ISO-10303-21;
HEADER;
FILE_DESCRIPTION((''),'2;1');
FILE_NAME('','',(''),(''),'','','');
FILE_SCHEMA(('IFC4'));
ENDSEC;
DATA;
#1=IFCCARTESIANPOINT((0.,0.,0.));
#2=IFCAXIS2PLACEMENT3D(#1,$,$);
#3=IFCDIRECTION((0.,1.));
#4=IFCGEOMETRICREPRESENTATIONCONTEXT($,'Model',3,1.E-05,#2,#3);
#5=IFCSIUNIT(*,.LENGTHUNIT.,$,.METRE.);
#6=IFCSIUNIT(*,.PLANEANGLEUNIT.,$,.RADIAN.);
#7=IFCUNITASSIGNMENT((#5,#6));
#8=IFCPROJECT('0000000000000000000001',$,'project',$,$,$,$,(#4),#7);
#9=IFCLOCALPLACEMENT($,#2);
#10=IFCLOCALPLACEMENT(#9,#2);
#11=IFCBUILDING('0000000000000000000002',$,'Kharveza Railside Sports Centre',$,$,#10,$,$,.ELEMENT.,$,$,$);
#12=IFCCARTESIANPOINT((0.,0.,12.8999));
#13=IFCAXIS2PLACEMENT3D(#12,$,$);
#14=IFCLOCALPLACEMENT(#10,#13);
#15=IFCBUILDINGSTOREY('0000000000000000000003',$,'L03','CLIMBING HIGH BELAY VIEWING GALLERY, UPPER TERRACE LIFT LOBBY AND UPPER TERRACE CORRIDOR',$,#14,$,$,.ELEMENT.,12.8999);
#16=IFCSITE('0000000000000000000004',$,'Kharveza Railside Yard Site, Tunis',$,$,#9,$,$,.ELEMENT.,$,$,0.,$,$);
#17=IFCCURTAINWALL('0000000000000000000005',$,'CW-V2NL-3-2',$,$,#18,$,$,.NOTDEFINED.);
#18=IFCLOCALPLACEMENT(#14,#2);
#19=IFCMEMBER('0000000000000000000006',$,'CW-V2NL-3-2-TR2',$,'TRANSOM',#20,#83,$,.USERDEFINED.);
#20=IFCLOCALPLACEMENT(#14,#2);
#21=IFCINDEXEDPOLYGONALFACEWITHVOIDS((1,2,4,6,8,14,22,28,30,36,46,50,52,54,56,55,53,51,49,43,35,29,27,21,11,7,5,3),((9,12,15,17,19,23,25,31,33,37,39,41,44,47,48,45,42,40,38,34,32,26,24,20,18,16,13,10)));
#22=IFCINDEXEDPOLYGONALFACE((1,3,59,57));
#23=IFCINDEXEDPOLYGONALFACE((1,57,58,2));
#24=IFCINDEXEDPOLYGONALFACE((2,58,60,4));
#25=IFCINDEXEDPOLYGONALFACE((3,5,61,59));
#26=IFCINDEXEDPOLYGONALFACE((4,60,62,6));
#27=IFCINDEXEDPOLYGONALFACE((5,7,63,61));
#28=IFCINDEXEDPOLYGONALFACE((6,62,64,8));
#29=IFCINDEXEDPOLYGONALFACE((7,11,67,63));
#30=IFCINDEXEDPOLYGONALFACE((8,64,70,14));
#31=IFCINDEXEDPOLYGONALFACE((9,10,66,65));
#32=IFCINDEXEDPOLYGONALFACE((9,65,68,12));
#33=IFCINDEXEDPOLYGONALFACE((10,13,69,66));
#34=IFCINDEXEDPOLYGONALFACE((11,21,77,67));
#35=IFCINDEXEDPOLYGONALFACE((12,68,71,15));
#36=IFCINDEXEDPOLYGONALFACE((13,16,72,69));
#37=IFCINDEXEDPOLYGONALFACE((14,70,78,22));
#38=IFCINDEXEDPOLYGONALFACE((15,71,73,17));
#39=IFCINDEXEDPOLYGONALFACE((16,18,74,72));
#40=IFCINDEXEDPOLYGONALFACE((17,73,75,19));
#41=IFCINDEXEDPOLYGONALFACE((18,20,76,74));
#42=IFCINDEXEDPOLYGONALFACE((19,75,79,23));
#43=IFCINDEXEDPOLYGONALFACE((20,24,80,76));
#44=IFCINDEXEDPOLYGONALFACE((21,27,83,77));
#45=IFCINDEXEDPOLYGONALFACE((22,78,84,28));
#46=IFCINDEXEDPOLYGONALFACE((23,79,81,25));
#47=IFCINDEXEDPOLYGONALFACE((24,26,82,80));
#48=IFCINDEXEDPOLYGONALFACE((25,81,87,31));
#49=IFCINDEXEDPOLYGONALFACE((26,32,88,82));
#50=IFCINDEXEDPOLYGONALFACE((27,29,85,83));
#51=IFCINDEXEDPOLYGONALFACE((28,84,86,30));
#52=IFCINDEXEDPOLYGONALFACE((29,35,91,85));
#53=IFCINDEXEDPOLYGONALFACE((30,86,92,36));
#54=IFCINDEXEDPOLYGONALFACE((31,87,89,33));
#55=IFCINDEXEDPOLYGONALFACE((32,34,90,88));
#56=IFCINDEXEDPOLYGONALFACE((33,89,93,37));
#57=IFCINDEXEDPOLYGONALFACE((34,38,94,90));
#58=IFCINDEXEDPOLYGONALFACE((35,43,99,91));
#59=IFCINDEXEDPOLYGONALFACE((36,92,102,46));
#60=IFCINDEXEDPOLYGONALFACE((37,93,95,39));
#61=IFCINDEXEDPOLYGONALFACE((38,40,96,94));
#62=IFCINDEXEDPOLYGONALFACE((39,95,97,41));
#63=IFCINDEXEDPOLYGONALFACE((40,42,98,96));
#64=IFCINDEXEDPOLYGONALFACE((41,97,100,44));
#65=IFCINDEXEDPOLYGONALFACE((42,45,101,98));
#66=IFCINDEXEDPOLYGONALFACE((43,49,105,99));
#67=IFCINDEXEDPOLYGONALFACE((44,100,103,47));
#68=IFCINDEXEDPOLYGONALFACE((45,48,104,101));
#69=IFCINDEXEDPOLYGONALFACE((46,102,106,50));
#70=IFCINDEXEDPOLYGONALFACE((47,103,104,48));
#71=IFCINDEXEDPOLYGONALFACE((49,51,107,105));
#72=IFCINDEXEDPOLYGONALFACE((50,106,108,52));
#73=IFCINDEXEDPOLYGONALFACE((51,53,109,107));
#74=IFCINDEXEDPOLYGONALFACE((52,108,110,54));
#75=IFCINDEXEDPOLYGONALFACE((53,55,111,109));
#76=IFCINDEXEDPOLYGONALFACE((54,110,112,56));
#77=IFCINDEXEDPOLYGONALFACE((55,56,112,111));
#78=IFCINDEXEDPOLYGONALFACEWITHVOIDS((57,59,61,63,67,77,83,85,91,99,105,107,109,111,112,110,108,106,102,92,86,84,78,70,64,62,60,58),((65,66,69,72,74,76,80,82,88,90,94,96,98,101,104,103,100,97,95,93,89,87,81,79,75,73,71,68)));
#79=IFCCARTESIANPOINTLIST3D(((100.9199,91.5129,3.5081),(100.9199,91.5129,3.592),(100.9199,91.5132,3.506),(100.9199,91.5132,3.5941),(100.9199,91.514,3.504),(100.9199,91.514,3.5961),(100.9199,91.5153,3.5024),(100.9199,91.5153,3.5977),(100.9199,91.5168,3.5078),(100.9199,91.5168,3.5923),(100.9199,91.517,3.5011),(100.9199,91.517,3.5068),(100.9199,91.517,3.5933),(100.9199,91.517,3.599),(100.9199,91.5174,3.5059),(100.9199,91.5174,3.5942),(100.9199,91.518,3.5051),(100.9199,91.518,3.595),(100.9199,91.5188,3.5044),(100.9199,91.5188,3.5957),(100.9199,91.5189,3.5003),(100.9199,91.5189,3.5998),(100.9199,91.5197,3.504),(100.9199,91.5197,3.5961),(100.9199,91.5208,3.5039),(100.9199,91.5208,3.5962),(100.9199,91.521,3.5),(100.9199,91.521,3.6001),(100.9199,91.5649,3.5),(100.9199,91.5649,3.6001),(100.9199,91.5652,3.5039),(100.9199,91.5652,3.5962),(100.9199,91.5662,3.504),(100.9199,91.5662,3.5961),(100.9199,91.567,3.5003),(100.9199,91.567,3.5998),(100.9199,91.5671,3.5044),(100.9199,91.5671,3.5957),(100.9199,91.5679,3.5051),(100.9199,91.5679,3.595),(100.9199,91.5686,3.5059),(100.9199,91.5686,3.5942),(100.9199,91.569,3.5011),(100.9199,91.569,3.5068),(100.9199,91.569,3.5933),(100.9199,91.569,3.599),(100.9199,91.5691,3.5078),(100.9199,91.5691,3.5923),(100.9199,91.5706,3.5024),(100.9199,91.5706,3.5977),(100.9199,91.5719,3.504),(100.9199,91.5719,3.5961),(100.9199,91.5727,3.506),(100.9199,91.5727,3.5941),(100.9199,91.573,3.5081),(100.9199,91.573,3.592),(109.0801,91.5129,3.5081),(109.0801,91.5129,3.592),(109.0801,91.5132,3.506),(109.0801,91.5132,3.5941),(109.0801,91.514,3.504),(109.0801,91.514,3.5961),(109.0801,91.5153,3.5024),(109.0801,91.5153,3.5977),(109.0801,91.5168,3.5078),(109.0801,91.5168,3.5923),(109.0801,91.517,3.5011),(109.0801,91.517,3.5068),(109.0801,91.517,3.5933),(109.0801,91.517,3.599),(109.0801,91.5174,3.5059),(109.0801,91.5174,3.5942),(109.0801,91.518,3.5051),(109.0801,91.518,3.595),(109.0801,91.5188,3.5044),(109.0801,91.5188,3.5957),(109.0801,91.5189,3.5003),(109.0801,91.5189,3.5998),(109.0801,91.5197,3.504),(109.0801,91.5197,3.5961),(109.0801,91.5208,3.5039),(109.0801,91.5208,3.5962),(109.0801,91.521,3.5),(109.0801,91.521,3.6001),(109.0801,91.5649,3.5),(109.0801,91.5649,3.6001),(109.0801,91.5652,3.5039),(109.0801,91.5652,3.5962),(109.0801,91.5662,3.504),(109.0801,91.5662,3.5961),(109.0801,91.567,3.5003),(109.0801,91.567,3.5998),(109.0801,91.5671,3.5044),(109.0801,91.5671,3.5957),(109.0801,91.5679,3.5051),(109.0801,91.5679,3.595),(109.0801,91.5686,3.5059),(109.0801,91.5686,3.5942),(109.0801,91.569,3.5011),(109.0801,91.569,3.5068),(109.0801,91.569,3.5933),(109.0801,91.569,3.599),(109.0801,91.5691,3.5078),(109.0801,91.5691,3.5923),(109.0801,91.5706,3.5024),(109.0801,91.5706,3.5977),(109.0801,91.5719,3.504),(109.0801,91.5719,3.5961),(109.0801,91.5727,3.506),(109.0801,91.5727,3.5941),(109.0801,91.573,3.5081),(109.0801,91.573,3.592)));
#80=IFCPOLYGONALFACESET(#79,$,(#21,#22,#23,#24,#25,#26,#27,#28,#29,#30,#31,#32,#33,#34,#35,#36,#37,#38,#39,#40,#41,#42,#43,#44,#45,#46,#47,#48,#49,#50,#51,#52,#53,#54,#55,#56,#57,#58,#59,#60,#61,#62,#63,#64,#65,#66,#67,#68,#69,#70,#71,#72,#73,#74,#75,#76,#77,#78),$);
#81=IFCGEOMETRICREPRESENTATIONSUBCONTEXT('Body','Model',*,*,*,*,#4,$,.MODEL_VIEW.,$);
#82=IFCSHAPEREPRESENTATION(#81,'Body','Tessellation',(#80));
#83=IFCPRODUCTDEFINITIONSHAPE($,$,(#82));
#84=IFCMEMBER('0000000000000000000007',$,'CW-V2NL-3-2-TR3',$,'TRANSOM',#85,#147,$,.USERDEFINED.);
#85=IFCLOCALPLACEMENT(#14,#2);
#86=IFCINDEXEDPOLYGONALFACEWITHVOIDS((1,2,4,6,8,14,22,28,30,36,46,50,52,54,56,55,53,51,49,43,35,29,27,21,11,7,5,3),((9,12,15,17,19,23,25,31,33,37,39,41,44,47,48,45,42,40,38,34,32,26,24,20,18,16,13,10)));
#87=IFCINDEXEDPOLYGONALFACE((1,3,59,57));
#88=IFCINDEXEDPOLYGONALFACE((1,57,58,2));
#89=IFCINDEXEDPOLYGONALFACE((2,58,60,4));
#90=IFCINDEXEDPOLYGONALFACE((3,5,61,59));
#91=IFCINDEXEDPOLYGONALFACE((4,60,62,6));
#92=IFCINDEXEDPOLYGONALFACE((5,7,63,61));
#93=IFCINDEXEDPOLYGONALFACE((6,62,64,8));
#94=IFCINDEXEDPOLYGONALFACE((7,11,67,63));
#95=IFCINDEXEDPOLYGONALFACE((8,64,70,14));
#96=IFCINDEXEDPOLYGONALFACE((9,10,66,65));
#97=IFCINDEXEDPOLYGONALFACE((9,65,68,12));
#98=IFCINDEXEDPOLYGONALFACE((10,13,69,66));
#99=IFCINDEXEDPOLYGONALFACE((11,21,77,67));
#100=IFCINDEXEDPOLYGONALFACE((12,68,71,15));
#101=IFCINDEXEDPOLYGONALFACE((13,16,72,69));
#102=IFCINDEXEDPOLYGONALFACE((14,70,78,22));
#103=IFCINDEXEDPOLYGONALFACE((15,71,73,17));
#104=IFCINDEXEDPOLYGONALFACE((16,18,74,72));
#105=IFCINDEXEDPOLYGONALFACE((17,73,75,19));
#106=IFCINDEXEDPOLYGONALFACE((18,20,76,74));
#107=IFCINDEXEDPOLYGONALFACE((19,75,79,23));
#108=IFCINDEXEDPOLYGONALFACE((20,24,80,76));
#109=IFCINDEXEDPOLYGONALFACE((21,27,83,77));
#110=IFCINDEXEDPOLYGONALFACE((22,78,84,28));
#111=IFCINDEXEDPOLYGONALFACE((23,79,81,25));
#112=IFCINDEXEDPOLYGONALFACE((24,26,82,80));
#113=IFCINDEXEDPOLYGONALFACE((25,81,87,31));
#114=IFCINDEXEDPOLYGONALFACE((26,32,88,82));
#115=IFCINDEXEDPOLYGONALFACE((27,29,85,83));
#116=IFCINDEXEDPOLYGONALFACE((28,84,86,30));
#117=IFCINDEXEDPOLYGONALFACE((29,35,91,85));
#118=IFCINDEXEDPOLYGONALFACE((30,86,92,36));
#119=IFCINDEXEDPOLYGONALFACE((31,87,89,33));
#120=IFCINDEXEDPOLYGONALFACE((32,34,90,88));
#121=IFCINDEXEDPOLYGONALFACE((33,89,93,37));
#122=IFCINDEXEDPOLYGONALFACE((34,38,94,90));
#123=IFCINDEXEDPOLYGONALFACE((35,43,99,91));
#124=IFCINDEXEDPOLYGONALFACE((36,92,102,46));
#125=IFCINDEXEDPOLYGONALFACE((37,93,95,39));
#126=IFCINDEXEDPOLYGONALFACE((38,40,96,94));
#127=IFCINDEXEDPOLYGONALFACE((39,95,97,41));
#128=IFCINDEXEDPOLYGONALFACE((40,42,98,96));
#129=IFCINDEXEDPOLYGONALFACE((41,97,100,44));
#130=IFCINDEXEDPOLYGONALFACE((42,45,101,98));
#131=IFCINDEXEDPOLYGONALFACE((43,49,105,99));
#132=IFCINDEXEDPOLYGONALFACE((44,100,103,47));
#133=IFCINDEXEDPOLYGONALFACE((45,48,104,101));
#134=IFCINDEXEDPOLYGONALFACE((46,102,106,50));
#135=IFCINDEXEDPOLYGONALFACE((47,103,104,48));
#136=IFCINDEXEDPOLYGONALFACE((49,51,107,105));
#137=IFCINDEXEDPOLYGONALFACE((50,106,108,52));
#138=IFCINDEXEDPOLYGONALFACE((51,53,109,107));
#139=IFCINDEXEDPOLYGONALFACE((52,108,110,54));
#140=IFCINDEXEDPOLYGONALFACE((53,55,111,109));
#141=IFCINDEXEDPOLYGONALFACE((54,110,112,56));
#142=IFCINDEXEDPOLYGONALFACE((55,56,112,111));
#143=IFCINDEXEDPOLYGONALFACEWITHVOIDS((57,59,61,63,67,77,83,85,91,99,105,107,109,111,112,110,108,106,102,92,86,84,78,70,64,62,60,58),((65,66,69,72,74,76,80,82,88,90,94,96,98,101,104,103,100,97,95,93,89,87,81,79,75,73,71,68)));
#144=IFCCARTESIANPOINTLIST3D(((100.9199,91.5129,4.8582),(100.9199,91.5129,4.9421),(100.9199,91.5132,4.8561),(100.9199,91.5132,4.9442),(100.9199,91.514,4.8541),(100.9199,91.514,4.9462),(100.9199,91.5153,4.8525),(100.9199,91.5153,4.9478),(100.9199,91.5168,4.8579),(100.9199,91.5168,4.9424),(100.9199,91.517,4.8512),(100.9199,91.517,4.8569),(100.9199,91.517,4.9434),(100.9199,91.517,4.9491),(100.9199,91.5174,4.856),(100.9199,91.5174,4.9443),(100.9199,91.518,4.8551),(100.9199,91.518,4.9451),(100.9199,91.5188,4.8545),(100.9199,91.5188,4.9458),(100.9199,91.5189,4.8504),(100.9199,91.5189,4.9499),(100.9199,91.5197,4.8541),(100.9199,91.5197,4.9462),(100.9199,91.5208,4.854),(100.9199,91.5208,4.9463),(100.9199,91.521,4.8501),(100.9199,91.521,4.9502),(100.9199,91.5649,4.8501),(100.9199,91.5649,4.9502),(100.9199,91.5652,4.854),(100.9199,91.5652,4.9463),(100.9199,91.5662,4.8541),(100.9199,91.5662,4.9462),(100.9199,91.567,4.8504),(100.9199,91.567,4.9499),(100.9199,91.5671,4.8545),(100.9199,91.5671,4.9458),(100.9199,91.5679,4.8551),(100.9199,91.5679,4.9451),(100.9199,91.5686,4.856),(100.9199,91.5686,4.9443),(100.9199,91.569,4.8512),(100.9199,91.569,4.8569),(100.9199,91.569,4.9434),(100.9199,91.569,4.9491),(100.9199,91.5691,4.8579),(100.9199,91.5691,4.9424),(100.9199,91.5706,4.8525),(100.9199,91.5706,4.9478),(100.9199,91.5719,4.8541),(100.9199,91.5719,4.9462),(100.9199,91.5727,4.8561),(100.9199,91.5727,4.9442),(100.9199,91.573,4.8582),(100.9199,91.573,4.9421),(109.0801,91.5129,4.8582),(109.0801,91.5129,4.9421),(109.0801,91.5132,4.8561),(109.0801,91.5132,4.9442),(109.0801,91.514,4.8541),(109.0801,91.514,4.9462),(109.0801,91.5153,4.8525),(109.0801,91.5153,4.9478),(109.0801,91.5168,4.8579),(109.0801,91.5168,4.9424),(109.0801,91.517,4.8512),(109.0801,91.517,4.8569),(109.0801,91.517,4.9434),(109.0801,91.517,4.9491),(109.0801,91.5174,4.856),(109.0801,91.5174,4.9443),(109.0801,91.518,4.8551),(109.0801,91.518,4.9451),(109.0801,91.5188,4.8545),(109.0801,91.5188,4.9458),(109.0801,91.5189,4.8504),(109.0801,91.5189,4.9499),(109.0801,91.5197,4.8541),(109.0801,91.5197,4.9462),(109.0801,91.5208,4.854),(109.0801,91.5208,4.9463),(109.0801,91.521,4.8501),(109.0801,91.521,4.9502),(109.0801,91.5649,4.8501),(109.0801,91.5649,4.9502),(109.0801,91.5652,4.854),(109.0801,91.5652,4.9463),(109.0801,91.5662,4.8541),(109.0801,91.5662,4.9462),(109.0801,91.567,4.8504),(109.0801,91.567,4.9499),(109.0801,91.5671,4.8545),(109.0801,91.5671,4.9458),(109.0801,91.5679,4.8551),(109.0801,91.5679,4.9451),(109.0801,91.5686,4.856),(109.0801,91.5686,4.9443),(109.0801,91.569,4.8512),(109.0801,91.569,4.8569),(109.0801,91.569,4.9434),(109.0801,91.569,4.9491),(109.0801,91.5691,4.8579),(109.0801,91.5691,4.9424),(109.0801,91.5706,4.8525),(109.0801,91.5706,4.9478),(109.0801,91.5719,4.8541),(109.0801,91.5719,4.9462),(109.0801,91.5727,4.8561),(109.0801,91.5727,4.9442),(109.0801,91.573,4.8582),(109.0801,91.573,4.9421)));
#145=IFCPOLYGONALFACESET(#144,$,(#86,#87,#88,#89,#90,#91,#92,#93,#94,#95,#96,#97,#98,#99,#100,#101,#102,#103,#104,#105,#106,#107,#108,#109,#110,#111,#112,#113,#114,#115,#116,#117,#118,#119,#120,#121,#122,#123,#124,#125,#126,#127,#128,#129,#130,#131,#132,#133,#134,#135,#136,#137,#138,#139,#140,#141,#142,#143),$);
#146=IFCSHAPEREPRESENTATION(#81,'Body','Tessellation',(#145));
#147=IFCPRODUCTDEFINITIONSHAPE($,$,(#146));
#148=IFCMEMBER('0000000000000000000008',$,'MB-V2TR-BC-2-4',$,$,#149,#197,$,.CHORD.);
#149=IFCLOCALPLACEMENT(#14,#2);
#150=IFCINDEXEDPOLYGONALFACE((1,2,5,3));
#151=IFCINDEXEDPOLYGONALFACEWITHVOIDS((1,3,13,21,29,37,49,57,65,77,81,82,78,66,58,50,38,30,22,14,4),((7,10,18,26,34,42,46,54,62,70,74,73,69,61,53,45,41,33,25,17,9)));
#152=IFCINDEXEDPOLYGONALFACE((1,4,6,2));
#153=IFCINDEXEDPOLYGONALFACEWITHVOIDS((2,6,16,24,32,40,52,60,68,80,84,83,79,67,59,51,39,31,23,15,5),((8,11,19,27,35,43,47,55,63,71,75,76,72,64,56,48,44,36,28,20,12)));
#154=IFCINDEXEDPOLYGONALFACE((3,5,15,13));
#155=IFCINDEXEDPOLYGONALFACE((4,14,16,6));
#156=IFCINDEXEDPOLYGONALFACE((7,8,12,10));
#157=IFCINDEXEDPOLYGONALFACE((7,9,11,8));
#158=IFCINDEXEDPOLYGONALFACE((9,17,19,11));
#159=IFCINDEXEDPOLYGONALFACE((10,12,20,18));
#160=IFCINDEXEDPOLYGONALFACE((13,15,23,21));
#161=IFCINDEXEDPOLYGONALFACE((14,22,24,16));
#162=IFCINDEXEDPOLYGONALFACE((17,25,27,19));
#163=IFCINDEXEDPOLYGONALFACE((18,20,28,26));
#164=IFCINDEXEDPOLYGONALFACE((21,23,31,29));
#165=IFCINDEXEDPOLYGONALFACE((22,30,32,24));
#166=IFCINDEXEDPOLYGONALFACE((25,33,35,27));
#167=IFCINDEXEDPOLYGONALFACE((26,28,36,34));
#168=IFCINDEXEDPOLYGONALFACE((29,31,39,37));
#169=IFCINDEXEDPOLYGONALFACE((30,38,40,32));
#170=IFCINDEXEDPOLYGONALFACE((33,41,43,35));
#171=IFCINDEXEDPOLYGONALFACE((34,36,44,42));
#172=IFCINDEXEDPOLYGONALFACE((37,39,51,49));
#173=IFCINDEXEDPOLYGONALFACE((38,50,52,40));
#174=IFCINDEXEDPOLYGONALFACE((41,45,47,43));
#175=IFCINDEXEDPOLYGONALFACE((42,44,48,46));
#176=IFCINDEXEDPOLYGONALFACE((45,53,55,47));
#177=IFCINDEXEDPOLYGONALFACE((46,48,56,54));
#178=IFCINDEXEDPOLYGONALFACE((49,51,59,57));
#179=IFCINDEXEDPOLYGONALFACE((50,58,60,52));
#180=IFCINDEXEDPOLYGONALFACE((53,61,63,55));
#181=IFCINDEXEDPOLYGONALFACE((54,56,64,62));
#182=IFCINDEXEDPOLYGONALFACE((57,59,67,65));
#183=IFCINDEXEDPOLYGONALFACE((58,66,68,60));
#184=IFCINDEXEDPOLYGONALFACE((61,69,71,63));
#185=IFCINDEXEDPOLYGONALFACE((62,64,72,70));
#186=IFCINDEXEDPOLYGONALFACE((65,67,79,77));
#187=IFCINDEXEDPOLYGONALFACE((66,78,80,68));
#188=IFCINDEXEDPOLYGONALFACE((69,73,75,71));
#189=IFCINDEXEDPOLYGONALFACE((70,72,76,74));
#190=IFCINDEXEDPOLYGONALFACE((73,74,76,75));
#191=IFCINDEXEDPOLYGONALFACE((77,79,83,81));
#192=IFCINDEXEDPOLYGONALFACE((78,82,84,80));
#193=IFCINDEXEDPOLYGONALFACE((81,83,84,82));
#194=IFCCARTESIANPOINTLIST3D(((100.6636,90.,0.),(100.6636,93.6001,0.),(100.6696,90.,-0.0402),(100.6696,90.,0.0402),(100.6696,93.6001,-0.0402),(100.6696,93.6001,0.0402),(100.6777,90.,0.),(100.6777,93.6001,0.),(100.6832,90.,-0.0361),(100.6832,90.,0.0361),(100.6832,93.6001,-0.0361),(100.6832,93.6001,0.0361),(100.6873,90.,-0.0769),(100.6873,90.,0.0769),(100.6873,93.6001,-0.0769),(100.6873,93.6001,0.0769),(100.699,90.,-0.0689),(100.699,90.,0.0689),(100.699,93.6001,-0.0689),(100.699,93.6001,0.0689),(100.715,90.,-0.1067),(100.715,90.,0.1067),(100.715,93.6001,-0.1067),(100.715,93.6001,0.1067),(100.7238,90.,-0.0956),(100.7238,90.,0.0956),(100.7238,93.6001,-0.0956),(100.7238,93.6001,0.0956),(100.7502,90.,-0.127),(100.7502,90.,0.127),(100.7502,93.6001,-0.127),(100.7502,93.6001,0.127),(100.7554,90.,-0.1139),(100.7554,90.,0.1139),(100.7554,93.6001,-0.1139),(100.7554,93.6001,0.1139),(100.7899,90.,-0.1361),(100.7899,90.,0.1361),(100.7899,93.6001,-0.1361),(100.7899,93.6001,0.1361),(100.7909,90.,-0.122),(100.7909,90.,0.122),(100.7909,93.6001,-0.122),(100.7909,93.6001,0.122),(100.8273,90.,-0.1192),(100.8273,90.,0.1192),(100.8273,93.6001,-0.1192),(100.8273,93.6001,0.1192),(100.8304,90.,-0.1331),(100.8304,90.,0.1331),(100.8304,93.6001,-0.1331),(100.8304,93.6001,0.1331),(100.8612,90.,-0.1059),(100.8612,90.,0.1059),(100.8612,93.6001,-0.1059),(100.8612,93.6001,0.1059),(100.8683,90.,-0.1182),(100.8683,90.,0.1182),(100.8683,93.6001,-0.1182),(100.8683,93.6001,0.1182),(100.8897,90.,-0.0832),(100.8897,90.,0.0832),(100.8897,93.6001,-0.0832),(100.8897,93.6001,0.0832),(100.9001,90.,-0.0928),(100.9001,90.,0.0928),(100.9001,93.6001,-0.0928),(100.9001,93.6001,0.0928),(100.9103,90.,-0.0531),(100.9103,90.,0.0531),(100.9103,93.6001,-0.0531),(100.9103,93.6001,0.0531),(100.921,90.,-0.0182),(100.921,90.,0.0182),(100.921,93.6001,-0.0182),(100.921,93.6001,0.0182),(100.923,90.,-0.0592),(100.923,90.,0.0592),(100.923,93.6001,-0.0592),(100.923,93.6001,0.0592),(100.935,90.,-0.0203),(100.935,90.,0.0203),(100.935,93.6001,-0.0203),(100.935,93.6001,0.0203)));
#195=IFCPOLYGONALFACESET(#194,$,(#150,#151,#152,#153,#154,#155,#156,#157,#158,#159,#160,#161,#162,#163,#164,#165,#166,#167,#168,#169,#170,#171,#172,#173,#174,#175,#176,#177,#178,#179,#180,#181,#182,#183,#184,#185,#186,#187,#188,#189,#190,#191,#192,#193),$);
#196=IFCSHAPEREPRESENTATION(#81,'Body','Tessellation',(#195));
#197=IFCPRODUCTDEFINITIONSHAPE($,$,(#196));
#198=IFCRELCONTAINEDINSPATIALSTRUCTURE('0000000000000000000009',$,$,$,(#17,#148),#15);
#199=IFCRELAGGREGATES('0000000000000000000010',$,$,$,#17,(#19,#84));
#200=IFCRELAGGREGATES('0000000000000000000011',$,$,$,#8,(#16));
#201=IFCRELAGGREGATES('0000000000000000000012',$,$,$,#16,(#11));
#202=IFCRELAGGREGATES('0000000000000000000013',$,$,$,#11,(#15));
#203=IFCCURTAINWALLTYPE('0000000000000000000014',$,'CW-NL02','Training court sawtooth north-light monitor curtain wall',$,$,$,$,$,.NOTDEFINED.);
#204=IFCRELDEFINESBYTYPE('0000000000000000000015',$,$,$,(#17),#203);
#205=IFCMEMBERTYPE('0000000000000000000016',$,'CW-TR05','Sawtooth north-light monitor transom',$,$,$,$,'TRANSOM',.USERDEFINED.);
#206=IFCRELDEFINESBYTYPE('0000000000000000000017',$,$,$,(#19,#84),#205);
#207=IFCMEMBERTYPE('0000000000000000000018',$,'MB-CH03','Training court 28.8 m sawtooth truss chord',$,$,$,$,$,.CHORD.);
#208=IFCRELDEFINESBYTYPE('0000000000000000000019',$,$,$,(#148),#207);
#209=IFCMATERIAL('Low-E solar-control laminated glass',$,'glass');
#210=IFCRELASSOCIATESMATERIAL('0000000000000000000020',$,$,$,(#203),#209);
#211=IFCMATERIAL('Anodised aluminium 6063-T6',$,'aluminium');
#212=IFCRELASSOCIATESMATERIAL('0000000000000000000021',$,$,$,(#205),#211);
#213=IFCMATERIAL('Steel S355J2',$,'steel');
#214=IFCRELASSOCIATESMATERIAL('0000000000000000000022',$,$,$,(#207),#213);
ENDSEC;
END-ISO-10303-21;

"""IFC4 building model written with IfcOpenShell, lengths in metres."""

from ifc_helpers import new_model, si_unit, direction, frame, origin, origin_2d, place, context, subcontext, project, spatial, hollow_rectangle, hollow_circle, extrude, material, material_profile, profile_set, type_object, element, aggregate, save


model = new_model("IFC4")

# Units and contexts
model_context = context("Model", 3, precision=1e-05, world=origin(), true_north=direction((0.0, 1.0)))
body_context = subcontext(model_context, "Body", "Model", "MODEL_VIEW")
ifc_project = project(units=[si_unit("LENGTHUNIT", "METRE"), si_unit("PLANEANGLEUNIT", "RADIAN")], contexts=[model_context])

# Site, building, storey
site_placement = place(None, origin())
site = spatial("IfcSite", under=ifc_project, at=site_placement, Name="Kharveza Railside Yard Site, Tunis", CompositionType="ELEMENT", RefElevation=0.0)
building_placement = place(site_placement, origin())
building = spatial("IfcBuilding", under=site, at=building_placement, Name="Kharveza Railside Sports Centre", CompositionType="ELEMENT")
storey_placement = place(building_placement, frame((0.0, 0.0, 12.8999)))
storey = spatial("IfcBuildingStorey", under=building, at=storey_placement, Name="L03", Description="CLIMBING HIGH BELAY VIEWING GALLERY, UPPER TERRACE LIFT LOBBY AND UPPER TERRACE CORRIDOR", CompositionType="ELEMENT", Elevation=12.8999)

# Shared definitions
ifc_material_1 = material(Name="Steel S355J2", Category="steel")

# Curtain wall
ifc_material_2 = material(Name="Low-E solar-control laminated glass", Category="glass")
curtain_wall_type = type_object("IfcCurtainWallType", Name="CW-NL02", Description="Training court sawtooth north-light monitor curtain wall", PredefinedType="NOTDEFINED", material=ifc_material_2)
ifc_material_3 = material(Name="Anodised aluminium 6063-T6", Category="aluminium")
curtain_wall_1_placement = place(storey_placement, origin())
curtain_wall_1 = element("IfcCurtainWall", 1, at=curtain_wall_1_placement, inside=storey, type_object=curtain_wall_type, Name="CW-V2NL-3-2", PredefinedType="NOTDEFINED")

# Members
ifc_material_profile_1 = material_profile(ifc_material_3, hollow_rectangle(XDim=0.0601, YDim=0.1001, WallThickness=0.0039, InnerFilletRadius=0.0039, OuterFilletRadius=0.0081, at=origin_2d()), Name="RHS 60x100x4.0")
ifc_profile_set_1 = profile_set([ifc_material_profile_1], Name="Anodised aluminium 6063-T6")
member_type_1 = type_object("IfcMemberType", Name="CW-TR05", Description="Sawtooth north-light monitor transom", ElementType="TRANSOM", PredefinedType="USERDEFINED", material=ifc_profile_set_1)
member_1_placement = place(storey_placement, frame((100.9199, 91.543, 3.55), z_axis=(1.0, 0.0, 0.0), x_axis=(0.0, 1.0, 0.0)))
member_1 = element("IfcMember", 2, at=member_1_placement, type_object=member_type_1, Name="CW-V2NL-3-2-TR2", ObjectType="TRANSOM", PredefinedType="USERDEFINED", context=body_context, shape_type="SweptSolid", body=[
    extrude(hollow_rectangle(XDim=0.0601, YDim=0.1001, WallThickness=0.0039, InnerFilletRadius=0.0039, OuterFilletRadius=0.0081, at=origin_2d()), origin(), (0.0, 0.0, 1.0), 8.1602),
])
member_2_placement = place(storey_placement, frame((100.9199, 91.543, 4.9001), z_axis=(1.0, 0.0, 0.0), x_axis=(0.0, 1.0, 0.0)))
member_2 = element("IfcMember", 3, at=member_2_placement, type_object=member_type_1, Name="CW-V2NL-3-2-TR3", ObjectType="TRANSOM", PredefinedType="USERDEFINED", context=body_context, shape_type="SweptSolid", body=[
    extrude(hollow_rectangle(XDim=0.0601, YDim=0.1001, WallThickness=0.0039, InnerFilletRadius=0.0039, OuterFilletRadius=0.0081, at=origin_2d()), origin(), (0.0, 0.0, 1.0), 8.1602),
])

# Member
ifc_material_profile_2 = material_profile(ifc_material_1, hollow_circle(Radius=0.1365, WallThickness=0.0142, at=origin_2d()), Name="CHS 273.0x14.2")
ifc_profile_set_2 = profile_set([ifc_material_profile_2], Name="Steel S355J2")
member_type_2 = type_object("IfcMemberType", Name="MB-CH03", Description="Training court 28.8 m sawtooth truss chord", PredefinedType="CHORD", material=ifc_profile_set_2)
for number, where, z_axis, x_axis, name in (
    (4, (100.8, 90.0, 0.0), (0.0, 1.0, 0.0), (-1.0, 0.0, 0.0), "MB-V2TR-BC-2-4"),
):
    element("IfcMember", number, at=place(storey_placement, frame(where, z_axis=z_axis, x_axis=x_axis)), inside=storey, type_object=member_type_2, Name=name, PredefinedType="CHORD", context=body_context, shape_type="SweptSolid", body=[
        extrude(hollow_circle(Radius=0.1365, WallThickness=0.0142, at=origin_2d()), origin(), (0.0, 0.0, 1.0), 3.6001),
    ])

aggregate(curtain_wall_1, [member_1, member_2])

save(model, "model.ifc")
